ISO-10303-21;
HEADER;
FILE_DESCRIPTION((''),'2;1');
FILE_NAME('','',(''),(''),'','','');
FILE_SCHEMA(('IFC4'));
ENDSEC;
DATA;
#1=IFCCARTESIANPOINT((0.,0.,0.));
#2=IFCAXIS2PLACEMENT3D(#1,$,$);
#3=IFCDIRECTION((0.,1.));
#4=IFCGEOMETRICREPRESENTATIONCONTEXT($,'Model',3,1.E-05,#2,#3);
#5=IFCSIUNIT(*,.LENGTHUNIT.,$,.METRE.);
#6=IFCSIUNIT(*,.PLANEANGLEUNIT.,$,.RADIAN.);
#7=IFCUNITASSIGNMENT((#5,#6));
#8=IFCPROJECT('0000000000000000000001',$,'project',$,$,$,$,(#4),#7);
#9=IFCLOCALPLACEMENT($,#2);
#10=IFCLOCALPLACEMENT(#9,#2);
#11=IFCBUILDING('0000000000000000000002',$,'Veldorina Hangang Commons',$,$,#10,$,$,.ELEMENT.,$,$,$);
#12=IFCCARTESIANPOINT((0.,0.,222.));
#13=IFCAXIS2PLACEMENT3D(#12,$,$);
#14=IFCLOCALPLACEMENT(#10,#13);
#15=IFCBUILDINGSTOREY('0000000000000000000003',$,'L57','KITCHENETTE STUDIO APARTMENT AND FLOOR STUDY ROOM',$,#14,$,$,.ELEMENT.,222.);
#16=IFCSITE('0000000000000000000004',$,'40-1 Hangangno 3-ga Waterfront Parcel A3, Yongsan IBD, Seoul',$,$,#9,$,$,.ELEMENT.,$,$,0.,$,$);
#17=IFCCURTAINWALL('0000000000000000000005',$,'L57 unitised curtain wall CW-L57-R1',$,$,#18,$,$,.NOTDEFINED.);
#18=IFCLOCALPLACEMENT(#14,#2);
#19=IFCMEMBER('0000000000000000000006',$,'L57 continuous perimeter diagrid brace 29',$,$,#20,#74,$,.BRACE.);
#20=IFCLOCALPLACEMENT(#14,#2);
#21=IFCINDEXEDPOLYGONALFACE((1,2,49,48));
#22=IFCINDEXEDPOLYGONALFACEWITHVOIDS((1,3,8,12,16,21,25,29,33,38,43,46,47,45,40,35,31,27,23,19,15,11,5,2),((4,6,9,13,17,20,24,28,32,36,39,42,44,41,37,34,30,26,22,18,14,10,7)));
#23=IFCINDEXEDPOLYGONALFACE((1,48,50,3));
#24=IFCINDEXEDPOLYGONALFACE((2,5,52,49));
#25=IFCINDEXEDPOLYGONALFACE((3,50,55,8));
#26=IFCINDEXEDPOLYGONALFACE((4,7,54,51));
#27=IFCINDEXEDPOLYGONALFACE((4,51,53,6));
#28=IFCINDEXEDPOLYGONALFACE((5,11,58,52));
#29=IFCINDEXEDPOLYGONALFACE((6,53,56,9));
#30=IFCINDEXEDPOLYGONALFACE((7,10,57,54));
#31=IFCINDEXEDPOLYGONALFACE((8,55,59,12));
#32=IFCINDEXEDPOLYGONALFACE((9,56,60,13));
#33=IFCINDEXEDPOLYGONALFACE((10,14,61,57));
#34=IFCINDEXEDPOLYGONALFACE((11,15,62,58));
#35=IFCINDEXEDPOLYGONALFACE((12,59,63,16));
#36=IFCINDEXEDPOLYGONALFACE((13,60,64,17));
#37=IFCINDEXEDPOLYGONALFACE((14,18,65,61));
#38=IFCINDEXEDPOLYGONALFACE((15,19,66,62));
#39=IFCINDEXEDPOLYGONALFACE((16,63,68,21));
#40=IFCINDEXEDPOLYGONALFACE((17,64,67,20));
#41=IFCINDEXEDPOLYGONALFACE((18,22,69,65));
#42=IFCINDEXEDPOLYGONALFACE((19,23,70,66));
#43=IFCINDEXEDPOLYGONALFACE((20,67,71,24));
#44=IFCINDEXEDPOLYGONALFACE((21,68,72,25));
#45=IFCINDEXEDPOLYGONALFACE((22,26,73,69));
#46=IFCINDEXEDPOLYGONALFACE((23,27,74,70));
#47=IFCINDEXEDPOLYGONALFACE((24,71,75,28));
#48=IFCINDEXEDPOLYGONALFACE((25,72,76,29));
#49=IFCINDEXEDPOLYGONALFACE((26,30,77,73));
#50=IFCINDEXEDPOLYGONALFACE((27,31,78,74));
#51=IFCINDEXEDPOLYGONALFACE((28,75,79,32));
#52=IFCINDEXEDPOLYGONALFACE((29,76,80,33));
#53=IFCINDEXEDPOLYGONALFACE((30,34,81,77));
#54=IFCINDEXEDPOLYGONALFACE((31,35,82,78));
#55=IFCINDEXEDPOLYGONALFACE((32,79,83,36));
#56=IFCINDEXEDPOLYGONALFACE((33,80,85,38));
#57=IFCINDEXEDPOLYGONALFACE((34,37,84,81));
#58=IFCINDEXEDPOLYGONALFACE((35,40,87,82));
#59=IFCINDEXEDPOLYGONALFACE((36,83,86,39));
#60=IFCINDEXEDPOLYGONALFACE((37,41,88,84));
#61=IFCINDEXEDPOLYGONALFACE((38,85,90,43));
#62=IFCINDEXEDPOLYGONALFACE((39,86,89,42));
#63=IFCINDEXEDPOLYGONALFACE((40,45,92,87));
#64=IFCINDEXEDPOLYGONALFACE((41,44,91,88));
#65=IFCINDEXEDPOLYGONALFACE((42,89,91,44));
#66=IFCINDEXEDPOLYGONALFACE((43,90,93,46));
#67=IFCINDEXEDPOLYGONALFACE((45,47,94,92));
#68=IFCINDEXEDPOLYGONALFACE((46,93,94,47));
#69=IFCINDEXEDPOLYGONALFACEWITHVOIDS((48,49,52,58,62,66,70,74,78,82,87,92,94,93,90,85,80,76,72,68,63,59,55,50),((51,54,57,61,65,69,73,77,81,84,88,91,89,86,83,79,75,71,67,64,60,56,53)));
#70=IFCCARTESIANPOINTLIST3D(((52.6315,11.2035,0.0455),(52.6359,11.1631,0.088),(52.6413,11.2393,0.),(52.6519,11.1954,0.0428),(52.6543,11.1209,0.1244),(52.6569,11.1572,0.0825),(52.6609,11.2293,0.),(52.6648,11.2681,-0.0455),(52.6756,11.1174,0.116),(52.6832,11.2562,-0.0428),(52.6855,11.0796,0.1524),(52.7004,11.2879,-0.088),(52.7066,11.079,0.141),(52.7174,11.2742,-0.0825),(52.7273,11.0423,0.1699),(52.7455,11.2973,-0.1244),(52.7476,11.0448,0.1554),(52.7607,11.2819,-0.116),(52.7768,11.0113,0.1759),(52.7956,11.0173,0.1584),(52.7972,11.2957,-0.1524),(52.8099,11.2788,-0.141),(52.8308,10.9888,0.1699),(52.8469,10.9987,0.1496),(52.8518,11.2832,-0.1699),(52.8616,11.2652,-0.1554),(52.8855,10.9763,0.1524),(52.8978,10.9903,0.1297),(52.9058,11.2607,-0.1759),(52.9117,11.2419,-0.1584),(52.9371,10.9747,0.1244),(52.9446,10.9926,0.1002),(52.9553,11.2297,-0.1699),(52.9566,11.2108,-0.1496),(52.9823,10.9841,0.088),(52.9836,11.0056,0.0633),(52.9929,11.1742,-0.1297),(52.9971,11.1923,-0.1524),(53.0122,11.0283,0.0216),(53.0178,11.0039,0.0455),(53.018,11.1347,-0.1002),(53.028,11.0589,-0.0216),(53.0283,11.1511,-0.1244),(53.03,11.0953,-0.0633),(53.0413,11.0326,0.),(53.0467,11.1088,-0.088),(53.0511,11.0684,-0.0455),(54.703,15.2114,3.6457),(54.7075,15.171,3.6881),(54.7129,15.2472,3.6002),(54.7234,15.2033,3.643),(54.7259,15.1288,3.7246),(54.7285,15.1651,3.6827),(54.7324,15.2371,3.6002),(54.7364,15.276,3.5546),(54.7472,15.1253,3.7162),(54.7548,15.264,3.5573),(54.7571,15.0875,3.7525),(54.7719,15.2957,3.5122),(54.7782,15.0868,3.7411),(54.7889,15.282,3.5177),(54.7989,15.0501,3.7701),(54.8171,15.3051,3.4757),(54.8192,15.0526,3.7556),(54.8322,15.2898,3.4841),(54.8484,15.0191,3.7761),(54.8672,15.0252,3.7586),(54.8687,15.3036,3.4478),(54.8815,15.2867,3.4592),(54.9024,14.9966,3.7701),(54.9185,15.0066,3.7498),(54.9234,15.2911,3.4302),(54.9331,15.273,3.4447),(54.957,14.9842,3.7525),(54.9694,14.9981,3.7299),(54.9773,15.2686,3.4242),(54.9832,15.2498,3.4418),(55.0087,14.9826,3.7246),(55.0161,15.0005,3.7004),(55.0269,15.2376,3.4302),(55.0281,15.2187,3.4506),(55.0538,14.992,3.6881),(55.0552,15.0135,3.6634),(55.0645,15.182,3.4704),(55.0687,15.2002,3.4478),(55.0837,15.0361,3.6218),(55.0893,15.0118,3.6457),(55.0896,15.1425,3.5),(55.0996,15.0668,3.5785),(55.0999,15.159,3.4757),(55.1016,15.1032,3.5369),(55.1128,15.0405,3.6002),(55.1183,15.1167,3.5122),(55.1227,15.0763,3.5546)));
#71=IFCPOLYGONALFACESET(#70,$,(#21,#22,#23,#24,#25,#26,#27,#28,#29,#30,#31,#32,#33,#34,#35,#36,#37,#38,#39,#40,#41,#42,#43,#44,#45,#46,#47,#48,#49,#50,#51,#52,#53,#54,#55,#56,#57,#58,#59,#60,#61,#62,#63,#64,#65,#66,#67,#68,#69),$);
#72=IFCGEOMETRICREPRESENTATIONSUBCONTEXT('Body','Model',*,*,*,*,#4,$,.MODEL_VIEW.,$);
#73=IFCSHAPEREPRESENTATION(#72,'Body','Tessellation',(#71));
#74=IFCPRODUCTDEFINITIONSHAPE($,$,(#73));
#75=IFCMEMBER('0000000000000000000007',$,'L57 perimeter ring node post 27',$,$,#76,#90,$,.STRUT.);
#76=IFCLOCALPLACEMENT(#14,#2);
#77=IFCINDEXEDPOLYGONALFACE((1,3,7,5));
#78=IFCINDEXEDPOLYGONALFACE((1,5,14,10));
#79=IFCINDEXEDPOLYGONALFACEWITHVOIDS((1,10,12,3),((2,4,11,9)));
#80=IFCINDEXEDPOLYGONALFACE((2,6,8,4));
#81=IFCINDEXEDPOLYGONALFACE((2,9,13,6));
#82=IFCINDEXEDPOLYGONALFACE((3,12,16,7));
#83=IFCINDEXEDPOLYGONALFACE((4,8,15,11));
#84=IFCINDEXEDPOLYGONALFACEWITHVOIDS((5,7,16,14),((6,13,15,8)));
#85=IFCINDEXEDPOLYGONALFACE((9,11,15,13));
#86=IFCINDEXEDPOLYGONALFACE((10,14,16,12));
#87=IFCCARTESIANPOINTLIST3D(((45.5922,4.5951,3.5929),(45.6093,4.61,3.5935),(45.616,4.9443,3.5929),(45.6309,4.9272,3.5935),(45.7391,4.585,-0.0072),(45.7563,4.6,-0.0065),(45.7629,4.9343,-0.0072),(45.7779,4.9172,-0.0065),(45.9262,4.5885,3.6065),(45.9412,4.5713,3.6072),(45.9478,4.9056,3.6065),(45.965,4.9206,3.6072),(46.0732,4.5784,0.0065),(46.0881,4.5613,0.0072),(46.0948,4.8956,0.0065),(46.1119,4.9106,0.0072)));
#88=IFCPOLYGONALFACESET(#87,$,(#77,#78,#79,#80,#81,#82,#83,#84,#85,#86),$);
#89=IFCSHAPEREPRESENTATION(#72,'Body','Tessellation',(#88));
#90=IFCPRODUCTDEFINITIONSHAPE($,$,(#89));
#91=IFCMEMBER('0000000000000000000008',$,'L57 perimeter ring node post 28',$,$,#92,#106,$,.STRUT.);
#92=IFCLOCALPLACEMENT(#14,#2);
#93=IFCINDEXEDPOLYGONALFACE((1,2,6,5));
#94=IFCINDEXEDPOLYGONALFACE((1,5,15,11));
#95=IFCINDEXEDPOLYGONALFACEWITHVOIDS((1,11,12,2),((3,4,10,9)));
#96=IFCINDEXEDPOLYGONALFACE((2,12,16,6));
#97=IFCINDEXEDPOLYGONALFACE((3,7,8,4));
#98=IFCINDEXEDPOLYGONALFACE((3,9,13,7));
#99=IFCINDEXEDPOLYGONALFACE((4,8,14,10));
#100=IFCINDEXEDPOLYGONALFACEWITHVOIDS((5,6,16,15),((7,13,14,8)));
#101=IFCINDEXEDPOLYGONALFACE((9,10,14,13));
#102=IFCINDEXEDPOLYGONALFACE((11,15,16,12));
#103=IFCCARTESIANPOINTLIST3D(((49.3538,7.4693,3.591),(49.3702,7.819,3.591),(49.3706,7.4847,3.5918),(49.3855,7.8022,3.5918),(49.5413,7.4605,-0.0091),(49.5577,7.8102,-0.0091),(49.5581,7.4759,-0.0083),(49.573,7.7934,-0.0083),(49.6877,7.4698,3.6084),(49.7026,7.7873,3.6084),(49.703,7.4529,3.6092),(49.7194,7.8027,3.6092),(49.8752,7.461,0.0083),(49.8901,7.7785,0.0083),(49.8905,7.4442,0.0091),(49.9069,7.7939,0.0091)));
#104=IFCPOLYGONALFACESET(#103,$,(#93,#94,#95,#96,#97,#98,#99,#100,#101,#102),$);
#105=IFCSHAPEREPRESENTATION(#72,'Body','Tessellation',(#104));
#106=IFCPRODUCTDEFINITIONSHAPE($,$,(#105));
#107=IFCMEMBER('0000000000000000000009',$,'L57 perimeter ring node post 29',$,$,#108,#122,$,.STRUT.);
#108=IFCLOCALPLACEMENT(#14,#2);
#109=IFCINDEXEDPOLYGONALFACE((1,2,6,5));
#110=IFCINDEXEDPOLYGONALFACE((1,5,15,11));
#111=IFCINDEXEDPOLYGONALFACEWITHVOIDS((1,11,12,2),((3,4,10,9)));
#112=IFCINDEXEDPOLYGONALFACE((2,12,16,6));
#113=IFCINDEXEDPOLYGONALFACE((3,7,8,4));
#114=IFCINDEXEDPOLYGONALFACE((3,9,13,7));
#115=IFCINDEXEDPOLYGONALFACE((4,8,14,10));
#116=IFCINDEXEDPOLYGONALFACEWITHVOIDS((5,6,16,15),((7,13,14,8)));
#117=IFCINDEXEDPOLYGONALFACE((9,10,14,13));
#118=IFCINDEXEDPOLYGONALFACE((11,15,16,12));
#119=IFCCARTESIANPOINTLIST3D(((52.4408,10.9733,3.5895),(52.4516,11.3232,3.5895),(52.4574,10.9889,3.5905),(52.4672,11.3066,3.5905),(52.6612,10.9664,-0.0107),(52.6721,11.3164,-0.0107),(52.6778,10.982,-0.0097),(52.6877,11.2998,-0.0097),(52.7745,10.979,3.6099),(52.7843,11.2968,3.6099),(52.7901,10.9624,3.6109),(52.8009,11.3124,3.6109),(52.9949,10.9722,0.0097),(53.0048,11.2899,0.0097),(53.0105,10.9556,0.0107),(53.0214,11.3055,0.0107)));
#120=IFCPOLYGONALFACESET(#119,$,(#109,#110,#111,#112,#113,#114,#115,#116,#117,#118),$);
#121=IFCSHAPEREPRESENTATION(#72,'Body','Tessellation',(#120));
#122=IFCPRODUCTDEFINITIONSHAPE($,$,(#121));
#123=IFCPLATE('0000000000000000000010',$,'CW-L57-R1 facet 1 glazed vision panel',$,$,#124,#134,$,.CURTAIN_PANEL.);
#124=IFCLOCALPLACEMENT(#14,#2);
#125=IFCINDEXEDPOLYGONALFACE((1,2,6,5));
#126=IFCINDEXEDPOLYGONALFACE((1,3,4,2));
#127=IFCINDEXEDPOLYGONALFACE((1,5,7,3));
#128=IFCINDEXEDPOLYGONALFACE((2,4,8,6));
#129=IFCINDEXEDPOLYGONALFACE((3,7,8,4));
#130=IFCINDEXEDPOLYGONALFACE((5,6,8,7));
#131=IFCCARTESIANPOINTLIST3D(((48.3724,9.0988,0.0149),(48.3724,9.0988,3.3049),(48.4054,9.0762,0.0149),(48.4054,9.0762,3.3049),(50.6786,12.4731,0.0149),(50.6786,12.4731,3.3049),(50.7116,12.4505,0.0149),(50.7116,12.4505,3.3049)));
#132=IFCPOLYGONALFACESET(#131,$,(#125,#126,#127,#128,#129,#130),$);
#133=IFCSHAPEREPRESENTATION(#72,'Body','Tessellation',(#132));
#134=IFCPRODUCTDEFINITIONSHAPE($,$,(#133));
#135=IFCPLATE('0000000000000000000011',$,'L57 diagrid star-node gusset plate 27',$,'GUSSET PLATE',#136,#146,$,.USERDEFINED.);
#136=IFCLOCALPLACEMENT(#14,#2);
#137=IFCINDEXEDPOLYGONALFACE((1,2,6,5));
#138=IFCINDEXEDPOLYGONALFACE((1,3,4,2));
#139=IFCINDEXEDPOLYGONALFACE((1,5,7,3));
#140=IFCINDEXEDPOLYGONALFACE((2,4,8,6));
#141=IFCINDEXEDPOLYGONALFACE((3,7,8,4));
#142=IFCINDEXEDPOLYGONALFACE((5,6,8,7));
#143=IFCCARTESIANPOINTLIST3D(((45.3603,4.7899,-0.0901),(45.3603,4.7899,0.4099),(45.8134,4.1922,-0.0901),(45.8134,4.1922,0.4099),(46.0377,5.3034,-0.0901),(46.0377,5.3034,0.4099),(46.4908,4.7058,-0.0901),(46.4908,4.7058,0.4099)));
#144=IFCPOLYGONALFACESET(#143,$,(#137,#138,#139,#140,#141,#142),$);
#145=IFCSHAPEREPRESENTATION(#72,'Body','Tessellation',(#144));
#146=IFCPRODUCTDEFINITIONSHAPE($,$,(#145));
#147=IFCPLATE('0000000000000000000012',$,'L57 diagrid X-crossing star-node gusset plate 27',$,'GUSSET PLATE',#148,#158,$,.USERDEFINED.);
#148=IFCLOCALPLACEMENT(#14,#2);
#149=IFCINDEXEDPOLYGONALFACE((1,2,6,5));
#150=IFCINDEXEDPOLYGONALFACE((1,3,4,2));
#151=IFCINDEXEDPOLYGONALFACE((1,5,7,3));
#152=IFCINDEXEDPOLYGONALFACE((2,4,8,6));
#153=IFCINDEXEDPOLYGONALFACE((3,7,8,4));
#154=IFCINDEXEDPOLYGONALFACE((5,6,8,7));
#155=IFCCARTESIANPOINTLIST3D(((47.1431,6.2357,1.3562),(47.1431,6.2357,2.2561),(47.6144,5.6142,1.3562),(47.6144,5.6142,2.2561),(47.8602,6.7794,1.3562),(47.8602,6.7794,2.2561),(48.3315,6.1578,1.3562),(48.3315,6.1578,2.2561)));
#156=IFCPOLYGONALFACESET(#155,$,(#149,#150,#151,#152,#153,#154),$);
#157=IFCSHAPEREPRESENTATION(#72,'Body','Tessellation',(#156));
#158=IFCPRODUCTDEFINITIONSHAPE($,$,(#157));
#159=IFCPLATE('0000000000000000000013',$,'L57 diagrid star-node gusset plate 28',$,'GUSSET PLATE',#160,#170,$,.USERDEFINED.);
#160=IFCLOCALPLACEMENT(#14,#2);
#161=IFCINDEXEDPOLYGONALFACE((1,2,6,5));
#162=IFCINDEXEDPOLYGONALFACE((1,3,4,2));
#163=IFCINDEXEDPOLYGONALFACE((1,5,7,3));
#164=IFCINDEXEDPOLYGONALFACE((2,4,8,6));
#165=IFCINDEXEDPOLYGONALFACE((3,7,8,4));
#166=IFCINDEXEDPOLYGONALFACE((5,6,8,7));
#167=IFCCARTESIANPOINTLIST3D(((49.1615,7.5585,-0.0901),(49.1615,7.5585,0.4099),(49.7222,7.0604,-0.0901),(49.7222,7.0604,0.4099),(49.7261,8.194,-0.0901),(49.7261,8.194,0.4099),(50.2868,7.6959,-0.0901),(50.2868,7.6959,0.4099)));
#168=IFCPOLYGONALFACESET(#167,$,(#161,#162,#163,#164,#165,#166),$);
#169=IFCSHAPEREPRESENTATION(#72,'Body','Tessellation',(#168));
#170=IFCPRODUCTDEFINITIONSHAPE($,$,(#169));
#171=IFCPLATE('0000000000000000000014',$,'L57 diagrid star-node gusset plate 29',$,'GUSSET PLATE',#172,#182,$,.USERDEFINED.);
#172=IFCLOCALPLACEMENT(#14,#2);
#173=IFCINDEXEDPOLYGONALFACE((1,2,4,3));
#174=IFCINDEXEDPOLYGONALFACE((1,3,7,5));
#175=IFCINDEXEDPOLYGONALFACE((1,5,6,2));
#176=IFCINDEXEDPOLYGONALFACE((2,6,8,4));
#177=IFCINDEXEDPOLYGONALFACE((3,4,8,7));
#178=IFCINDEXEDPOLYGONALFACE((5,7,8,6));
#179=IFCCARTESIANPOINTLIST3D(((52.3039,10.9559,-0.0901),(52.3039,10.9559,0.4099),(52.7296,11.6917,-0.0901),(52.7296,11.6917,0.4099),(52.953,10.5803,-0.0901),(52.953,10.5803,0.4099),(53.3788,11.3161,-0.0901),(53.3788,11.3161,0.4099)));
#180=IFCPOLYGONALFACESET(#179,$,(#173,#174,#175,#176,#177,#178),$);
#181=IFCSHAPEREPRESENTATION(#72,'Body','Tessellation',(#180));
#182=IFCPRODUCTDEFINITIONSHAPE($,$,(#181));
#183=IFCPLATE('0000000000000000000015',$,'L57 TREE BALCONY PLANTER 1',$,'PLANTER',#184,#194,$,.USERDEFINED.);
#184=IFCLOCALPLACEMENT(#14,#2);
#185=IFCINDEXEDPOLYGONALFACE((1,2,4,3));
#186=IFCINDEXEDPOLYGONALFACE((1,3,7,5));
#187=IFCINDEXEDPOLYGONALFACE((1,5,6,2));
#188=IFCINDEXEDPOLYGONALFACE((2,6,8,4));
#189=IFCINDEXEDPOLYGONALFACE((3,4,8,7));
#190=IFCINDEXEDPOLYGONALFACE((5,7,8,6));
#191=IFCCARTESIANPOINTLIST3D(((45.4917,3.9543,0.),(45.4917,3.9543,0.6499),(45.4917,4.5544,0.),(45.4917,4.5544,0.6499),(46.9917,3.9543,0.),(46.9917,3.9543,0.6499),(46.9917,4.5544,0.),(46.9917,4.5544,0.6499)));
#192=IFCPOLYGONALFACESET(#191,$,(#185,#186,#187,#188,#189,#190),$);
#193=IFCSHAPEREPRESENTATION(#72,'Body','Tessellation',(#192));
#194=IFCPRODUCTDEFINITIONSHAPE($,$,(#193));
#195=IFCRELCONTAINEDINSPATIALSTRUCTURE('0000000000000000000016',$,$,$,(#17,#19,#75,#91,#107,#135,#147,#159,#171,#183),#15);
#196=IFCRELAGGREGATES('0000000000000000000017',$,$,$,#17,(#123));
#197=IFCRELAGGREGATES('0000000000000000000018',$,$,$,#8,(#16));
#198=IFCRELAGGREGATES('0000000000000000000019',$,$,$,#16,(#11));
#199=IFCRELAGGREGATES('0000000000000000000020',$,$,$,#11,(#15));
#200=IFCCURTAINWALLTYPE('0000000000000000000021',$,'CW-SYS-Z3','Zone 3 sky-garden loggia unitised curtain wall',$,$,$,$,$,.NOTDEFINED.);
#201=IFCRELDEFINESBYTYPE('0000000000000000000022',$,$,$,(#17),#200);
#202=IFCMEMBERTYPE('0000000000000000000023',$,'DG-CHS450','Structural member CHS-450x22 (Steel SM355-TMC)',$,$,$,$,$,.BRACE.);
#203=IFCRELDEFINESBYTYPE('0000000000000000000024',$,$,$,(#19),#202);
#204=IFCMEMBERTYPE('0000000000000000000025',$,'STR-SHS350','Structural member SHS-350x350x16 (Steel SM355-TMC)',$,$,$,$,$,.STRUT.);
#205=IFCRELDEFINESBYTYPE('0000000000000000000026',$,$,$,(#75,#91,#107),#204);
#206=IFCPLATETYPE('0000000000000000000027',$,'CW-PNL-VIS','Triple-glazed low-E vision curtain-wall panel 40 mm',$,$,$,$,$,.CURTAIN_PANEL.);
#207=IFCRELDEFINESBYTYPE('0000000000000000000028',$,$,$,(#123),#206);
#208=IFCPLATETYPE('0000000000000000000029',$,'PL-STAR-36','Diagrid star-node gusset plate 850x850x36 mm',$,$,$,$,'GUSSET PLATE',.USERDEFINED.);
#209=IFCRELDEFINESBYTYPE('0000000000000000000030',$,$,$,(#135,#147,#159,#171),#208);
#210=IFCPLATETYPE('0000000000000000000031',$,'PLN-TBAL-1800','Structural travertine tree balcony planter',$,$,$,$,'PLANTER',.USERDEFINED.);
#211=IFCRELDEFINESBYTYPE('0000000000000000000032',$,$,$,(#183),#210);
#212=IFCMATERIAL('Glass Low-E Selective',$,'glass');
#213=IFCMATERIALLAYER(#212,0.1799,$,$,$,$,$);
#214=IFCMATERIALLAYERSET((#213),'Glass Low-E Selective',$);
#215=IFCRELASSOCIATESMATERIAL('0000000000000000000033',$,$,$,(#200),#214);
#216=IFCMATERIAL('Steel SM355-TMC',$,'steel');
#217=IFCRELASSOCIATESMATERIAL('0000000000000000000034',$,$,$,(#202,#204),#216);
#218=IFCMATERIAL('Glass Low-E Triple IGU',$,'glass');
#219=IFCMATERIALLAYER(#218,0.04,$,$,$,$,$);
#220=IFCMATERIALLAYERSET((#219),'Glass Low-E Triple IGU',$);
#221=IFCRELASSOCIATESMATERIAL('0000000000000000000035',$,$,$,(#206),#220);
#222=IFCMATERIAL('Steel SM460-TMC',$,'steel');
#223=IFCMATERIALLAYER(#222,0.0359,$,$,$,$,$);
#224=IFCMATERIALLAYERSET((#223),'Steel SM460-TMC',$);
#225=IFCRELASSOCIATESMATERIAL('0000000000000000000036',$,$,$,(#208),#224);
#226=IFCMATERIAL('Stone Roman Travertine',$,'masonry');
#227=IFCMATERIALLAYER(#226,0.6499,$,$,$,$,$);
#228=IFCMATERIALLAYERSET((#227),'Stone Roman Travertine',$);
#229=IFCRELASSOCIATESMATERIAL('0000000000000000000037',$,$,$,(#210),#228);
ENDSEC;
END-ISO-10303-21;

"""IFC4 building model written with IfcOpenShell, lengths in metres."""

from ifc_helpers import new_model, si_unit, direction, frame, origin, origin_2d, place, context, subcontext, project, spatial, rectangle, hollow_rectangle, hollow_circle, extrude, material, layer, layer_set, material_profile, profile_set, type_object, element, aggregate, save


model = new_model("IFC4")

# Units and contexts
model_context = context("Model", 3, precision=1e-05, world=origin(), true_north=direction((0.0, 1.0)))
body_context = subcontext(model_context, "Body", "Model", "MODEL_VIEW")
ifc_project = project(units=[si_unit("LENGTHUNIT", "METRE"), si_unit("PLANEANGLEUNIT", "RADIAN")], contexts=[model_context])

# Site, building, storey
site_placement = place(None, origin())
site = spatial("IfcSite", under=ifc_project, at=site_placement, Name="40-1 Hangangno 3-ga Waterfront Parcel A3, Yongsan IBD, Seoul", CompositionType="ELEMENT", RefElevation=0.0)
building_placement = place(site_placement, origin())
building = spatial("IfcBuilding", under=site, at=building_placement, Name="Veldorina Hangang Commons", CompositionType="ELEMENT")
storey_placement = place(building_placement, frame((0.0, 0.0, 222.0)))
storey = spatial("IfcBuildingStorey", under=building, at=storey_placement, Name="L57", Description="KITCHENETTE STUDIO APARTMENT AND FLOOR STUDY ROOM", CompositionType="ELEMENT", Elevation=222.0)

# Shared definitions
ifc_material_1 = material(Name="Steel SM355-TMC", Category="steel")

# Curtain wall
ifc_material_2 = material(Name="Glass Low-E Selective", Category="glass")
ifc_layer_1 = layer(ifc_material_2, 0.1799)
ifc_layer_set_1 = layer_set([ifc_layer_1], Name="Glass Low-E Selective")
curtain_wall_type = type_object("IfcCurtainWallType", Name="CW-SYS-Z3", Description="Zone 3 sky-garden loggia unitised curtain wall", PredefinedType="NOTDEFINED", material=ifc_layer_set_1)
curtain_wall_placement = place(storey_placement, origin())
curtain_wall = element("IfcCurtainWall", 1, at=curtain_wall_placement, inside=storey, type_object=curtain_wall_type, Name="L57 unitised curtain wall CW-L57-R1", PredefinedType="NOTDEFINED")

# Members
ifc_material_profile_1 = material_profile(ifc_material_1, hollow_circle(Radius=0.2251, WallThickness=0.022, at=origin_2d()), Name="CHS-450x22")
ifc_profile_set_1 = profile_set([ifc_material_profile_1], Name="Steel SM355-TMC")
member_type_1 = type_object("IfcMemberType", Name="DG-CHS450", Description="Structural member CHS-450x22 (Steel SM355-TMC)", PredefinedType="BRACE", material=ifc_profile_set_1)
member_1_placement = place(storey_placement, frame((52.8413, 11.136, 0.0), z_axis=(0.358901, 0.69437, 0.623731), x_axis=(-0.888351, 0.459165, 0.0)))
element("IfcMember", 2, at=member_1_placement, inside=storey, type_object=member_type_1, Name="L57 continuous perimeter diagrid brace 29", PredefinedType="BRACE", context=body_context, shape_type="SweptSolid", body=[
    extrude(hollow_circle(Radius=0.2251, WallThickness=0.022, at=origin_2d()), origin(), (0.0, 0.0, 1.0), 5.772),
])
ifc_material_profile_2 = material_profile(ifc_material_1, hollow_rectangle(XDim=0.3501, YDim=0.3501, WallThickness=0.0161, at=origin_2d()), Name="SHS-350x350x16")
ifc_profile_set_2 = profile_set([ifc_material_profile_2], Name="Steel SM355-TMC")
member_type_2 = type_object("IfcMemberType", Name="STR-SHS350", Description="Structural member SHS-350x350x16 (Steel SM355-TMC)", PredefinedType="STRUT", material=ifc_profile_set_2)
member_2_placement = place(storey_placement, frame((45.9255, 4.7478, 0.0), z_axis=(-0.04079, 0.002778, 0.999164), x_axis=(-0.067949, -0.997689, 0.0)))
element("IfcMember", 3, at=member_2_placement, inside=storey, type_object=member_type_2, Name="L57 perimeter ring node post 27", PredefinedType="STRUT", context=body_context, shape_type="SweptSolid", body=[
    extrude(hollow_rectangle(XDim=0.3501, YDim=0.3501, WallThickness=0.0161, at=origin_2d()), origin(), (0.0, 0.0, 1.0), 3.603),
])
member_3_placement = place(storey_placement, frame((49.7241, 7.6272, 0.0), z_axis=(-0.052011, 0.002438, 0.998644), x_axis=(-0.046824, -0.998903, 0.0)))
element("IfcMember", 4, at=member_3_placement, inside=storey, type_object=member_type_2, Name="L57 perimeter ring node post 28", PredefinedType="STRUT", context=body_context, shape_type="SweptSolid", body=[
    extrude(hollow_rectangle(XDim=0.3501, YDim=0.3501, WallThickness=0.0161, at=origin_2d()), origin(), (0.0, 0.0, 1.0), 3.605),
])
member_4_placement = place(storey_placement, frame((52.8413, 11.136, 0.0), z_axis=(-0.061122, 0.001895, 0.998128), x_axis=(-0.030993, -0.99952, 0.0)))
element("IfcMember", 5, at=member_4_placement, inside=storey, type_object=member_type_2, Name="L57 perimeter ring node post 29", PredefinedType="STRUT", context=body_context, shape_type="SweptSolid", body=[
    extrude(hollow_rectangle(XDim=0.3501, YDim=0.3501, WallThickness=0.0161, at=origin_2d()), origin(), (0.0, 0.0, 1.0), 3.6069),
])

# Plate
ifc_material_3 = material(Name="Glass Low-E Triple IGU", Category="glass")
ifc_layer_2 = layer(ifc_material_3, 0.04)
ifc_layer_set_2 = layer_set([ifc_layer_2], Name="Glass Low-E Triple IGU")
plate_type_1 = type_object("IfcPlateType", Name="CW-PNL-VIS", Description="Triple-glazed low-E vision curtain-wall panel 40 mm", PredefinedType="CURTAIN_PANEL", material=ifc_layer_set_2)
plate_1_placement = place(storey_placement, frame((49.542, 10.7747, 0.0149), z_axis=(0.0, 0.0, 1.0), x_axis=(0.564261, 0.825596, 0.0)))
plate_1 = element("IfcPlate", 6, at=plate_1_placement, type_object=plate_type_1, Name="CW-L57-R1 facet 1 glazed vision panel", PredefinedType="CURTAIN_PANEL", context=body_context, shape_type="SweptSolid", body=[
    extrude(rectangle(XDim=4.0872, YDim=0.04, at=origin_2d()), origin(), (0.0, 0.0, 1.0), 3.29),
])
aggregate(curtain_wall, [plate_1])

# Plates
ifc_material_4 = material(Name="Steel SM460-TMC", Category="steel")
ifc_layer_3 = layer(ifc_material_4, 0.0359)
ifc_layer_set_3 = layer_set([ifc_layer_3], Name="Steel SM460-TMC")
plate_type_2 = type_object("IfcPlateType", Name="PL-STAR-36", Description="Diagrid star-node gusset plate 850x850x36 mm", ElementType="GUSSET PLATE", PredefinedType="USERDEFINED", material=ifc_layer_set_3)
plate_2_placement = place(storey_placement, frame((45.9255, 4.7478, -0.0901), z_axis=(0.0, 0.0, 1.0), x_axis=(0.796889, 0.604126, 0.0)))
element("IfcPlate", 7, at=plate_2_placement, inside=storey, type_object=plate_type_2, Name="L57 diagrid star-node gusset plate 27", ObjectType="GUSSET PLATE", PredefinedType="USERDEFINED", context=body_context, shape_type="SweptSolid", body=[
    extrude(rectangle(XDim=0.8501, YDim=0.75, at=origin_2d()), origin(), (0.0, 0.0, 1.0), 0.5),
])
plate_3_placement = place(storey_placement, frame((47.7373, 6.1968, 1.3562), z_axis=(0.0, 0.0, 1.0), x_axis=(0.796889, 0.604126, 0.0)))
element("IfcPlate", 8, at=plate_3_placement, inside=storey, type_object=plate_type_2, Name="L57 diagrid X-crossing star-node gusset plate 27", ObjectType="GUSSET PLATE", PredefinedType="USERDEFINED", context=body_context, shape_type="SweptSolid", body=[
    extrude(rectangle(XDim=0.8999, YDim=0.78, at=origin_2d()), origin(), (0.0, 0.0, 1.0), 0.8999),
])
for number, where, z_axis, x_axis, name in (
    (9, (49.7241, 7.6272, -0.0901), (0.0, 0.0, 1.0), (0.664174, 0.747578, 0.0), "L57 diagrid star-node gusset plate 28"),
    (10, (52.8413, 11.136, -0.0901), (0.0, 0.0, 1.0), (0.500816, 0.865554, 0.0), "L57 diagrid star-node gusset plate 29"),
):
    element("IfcPlate", number, at=place(storey_placement, frame(where, z_axis=z_axis, x_axis=x_axis)), inside=storey, type_object=plate_type_2, Name=name, ObjectType="GUSSET PLATE", PredefinedType="USERDEFINED", context=body_context, shape_type="SweptSolid", body=[
        extrude(rectangle(XDim=0.8501, YDim=0.75, at=origin_2d()), origin(), (0.0, 0.0, 1.0), 0.5),
    ])
ifc_material_5 = material(Name="Stone Roman Travertine", Category="masonry")
ifc_layer_4 = layer(ifc_material_5, 0.6499)
ifc_layer_set_4 = layer_set([ifc_layer_4], Name="Stone Roman Travertine")
plate_type_3 = type_object("IfcPlateType", Name="PLN-TBAL-1800", Description="Structural travertine tree balcony planter", ElementType="PLANTER", PredefinedType="USERDEFINED", material=ifc_layer_set_4)
plate_4_placement = place(storey_placement, frame((46.2417, 4.2544, 0.0), z_axis=(0.0, 0.0, 1.0), x_axis=(1.0, 0.0, 0.0)))
element("IfcPlate", 11, at=plate_4_placement, inside=storey, type_object=plate_type_3, Name="L57 TREE BALCONY PLANTER 1", ObjectType="PLANTER", PredefinedType="USERDEFINED", context=body_context, shape_type="SweptSolid", body=[
    extrude(rectangle(XDim=1.5, YDim=0.6001, at=origin_2d()), origin(), (0.0, 0.0, 1.0), 0.6499),
])

save(model, "model.ifc")
